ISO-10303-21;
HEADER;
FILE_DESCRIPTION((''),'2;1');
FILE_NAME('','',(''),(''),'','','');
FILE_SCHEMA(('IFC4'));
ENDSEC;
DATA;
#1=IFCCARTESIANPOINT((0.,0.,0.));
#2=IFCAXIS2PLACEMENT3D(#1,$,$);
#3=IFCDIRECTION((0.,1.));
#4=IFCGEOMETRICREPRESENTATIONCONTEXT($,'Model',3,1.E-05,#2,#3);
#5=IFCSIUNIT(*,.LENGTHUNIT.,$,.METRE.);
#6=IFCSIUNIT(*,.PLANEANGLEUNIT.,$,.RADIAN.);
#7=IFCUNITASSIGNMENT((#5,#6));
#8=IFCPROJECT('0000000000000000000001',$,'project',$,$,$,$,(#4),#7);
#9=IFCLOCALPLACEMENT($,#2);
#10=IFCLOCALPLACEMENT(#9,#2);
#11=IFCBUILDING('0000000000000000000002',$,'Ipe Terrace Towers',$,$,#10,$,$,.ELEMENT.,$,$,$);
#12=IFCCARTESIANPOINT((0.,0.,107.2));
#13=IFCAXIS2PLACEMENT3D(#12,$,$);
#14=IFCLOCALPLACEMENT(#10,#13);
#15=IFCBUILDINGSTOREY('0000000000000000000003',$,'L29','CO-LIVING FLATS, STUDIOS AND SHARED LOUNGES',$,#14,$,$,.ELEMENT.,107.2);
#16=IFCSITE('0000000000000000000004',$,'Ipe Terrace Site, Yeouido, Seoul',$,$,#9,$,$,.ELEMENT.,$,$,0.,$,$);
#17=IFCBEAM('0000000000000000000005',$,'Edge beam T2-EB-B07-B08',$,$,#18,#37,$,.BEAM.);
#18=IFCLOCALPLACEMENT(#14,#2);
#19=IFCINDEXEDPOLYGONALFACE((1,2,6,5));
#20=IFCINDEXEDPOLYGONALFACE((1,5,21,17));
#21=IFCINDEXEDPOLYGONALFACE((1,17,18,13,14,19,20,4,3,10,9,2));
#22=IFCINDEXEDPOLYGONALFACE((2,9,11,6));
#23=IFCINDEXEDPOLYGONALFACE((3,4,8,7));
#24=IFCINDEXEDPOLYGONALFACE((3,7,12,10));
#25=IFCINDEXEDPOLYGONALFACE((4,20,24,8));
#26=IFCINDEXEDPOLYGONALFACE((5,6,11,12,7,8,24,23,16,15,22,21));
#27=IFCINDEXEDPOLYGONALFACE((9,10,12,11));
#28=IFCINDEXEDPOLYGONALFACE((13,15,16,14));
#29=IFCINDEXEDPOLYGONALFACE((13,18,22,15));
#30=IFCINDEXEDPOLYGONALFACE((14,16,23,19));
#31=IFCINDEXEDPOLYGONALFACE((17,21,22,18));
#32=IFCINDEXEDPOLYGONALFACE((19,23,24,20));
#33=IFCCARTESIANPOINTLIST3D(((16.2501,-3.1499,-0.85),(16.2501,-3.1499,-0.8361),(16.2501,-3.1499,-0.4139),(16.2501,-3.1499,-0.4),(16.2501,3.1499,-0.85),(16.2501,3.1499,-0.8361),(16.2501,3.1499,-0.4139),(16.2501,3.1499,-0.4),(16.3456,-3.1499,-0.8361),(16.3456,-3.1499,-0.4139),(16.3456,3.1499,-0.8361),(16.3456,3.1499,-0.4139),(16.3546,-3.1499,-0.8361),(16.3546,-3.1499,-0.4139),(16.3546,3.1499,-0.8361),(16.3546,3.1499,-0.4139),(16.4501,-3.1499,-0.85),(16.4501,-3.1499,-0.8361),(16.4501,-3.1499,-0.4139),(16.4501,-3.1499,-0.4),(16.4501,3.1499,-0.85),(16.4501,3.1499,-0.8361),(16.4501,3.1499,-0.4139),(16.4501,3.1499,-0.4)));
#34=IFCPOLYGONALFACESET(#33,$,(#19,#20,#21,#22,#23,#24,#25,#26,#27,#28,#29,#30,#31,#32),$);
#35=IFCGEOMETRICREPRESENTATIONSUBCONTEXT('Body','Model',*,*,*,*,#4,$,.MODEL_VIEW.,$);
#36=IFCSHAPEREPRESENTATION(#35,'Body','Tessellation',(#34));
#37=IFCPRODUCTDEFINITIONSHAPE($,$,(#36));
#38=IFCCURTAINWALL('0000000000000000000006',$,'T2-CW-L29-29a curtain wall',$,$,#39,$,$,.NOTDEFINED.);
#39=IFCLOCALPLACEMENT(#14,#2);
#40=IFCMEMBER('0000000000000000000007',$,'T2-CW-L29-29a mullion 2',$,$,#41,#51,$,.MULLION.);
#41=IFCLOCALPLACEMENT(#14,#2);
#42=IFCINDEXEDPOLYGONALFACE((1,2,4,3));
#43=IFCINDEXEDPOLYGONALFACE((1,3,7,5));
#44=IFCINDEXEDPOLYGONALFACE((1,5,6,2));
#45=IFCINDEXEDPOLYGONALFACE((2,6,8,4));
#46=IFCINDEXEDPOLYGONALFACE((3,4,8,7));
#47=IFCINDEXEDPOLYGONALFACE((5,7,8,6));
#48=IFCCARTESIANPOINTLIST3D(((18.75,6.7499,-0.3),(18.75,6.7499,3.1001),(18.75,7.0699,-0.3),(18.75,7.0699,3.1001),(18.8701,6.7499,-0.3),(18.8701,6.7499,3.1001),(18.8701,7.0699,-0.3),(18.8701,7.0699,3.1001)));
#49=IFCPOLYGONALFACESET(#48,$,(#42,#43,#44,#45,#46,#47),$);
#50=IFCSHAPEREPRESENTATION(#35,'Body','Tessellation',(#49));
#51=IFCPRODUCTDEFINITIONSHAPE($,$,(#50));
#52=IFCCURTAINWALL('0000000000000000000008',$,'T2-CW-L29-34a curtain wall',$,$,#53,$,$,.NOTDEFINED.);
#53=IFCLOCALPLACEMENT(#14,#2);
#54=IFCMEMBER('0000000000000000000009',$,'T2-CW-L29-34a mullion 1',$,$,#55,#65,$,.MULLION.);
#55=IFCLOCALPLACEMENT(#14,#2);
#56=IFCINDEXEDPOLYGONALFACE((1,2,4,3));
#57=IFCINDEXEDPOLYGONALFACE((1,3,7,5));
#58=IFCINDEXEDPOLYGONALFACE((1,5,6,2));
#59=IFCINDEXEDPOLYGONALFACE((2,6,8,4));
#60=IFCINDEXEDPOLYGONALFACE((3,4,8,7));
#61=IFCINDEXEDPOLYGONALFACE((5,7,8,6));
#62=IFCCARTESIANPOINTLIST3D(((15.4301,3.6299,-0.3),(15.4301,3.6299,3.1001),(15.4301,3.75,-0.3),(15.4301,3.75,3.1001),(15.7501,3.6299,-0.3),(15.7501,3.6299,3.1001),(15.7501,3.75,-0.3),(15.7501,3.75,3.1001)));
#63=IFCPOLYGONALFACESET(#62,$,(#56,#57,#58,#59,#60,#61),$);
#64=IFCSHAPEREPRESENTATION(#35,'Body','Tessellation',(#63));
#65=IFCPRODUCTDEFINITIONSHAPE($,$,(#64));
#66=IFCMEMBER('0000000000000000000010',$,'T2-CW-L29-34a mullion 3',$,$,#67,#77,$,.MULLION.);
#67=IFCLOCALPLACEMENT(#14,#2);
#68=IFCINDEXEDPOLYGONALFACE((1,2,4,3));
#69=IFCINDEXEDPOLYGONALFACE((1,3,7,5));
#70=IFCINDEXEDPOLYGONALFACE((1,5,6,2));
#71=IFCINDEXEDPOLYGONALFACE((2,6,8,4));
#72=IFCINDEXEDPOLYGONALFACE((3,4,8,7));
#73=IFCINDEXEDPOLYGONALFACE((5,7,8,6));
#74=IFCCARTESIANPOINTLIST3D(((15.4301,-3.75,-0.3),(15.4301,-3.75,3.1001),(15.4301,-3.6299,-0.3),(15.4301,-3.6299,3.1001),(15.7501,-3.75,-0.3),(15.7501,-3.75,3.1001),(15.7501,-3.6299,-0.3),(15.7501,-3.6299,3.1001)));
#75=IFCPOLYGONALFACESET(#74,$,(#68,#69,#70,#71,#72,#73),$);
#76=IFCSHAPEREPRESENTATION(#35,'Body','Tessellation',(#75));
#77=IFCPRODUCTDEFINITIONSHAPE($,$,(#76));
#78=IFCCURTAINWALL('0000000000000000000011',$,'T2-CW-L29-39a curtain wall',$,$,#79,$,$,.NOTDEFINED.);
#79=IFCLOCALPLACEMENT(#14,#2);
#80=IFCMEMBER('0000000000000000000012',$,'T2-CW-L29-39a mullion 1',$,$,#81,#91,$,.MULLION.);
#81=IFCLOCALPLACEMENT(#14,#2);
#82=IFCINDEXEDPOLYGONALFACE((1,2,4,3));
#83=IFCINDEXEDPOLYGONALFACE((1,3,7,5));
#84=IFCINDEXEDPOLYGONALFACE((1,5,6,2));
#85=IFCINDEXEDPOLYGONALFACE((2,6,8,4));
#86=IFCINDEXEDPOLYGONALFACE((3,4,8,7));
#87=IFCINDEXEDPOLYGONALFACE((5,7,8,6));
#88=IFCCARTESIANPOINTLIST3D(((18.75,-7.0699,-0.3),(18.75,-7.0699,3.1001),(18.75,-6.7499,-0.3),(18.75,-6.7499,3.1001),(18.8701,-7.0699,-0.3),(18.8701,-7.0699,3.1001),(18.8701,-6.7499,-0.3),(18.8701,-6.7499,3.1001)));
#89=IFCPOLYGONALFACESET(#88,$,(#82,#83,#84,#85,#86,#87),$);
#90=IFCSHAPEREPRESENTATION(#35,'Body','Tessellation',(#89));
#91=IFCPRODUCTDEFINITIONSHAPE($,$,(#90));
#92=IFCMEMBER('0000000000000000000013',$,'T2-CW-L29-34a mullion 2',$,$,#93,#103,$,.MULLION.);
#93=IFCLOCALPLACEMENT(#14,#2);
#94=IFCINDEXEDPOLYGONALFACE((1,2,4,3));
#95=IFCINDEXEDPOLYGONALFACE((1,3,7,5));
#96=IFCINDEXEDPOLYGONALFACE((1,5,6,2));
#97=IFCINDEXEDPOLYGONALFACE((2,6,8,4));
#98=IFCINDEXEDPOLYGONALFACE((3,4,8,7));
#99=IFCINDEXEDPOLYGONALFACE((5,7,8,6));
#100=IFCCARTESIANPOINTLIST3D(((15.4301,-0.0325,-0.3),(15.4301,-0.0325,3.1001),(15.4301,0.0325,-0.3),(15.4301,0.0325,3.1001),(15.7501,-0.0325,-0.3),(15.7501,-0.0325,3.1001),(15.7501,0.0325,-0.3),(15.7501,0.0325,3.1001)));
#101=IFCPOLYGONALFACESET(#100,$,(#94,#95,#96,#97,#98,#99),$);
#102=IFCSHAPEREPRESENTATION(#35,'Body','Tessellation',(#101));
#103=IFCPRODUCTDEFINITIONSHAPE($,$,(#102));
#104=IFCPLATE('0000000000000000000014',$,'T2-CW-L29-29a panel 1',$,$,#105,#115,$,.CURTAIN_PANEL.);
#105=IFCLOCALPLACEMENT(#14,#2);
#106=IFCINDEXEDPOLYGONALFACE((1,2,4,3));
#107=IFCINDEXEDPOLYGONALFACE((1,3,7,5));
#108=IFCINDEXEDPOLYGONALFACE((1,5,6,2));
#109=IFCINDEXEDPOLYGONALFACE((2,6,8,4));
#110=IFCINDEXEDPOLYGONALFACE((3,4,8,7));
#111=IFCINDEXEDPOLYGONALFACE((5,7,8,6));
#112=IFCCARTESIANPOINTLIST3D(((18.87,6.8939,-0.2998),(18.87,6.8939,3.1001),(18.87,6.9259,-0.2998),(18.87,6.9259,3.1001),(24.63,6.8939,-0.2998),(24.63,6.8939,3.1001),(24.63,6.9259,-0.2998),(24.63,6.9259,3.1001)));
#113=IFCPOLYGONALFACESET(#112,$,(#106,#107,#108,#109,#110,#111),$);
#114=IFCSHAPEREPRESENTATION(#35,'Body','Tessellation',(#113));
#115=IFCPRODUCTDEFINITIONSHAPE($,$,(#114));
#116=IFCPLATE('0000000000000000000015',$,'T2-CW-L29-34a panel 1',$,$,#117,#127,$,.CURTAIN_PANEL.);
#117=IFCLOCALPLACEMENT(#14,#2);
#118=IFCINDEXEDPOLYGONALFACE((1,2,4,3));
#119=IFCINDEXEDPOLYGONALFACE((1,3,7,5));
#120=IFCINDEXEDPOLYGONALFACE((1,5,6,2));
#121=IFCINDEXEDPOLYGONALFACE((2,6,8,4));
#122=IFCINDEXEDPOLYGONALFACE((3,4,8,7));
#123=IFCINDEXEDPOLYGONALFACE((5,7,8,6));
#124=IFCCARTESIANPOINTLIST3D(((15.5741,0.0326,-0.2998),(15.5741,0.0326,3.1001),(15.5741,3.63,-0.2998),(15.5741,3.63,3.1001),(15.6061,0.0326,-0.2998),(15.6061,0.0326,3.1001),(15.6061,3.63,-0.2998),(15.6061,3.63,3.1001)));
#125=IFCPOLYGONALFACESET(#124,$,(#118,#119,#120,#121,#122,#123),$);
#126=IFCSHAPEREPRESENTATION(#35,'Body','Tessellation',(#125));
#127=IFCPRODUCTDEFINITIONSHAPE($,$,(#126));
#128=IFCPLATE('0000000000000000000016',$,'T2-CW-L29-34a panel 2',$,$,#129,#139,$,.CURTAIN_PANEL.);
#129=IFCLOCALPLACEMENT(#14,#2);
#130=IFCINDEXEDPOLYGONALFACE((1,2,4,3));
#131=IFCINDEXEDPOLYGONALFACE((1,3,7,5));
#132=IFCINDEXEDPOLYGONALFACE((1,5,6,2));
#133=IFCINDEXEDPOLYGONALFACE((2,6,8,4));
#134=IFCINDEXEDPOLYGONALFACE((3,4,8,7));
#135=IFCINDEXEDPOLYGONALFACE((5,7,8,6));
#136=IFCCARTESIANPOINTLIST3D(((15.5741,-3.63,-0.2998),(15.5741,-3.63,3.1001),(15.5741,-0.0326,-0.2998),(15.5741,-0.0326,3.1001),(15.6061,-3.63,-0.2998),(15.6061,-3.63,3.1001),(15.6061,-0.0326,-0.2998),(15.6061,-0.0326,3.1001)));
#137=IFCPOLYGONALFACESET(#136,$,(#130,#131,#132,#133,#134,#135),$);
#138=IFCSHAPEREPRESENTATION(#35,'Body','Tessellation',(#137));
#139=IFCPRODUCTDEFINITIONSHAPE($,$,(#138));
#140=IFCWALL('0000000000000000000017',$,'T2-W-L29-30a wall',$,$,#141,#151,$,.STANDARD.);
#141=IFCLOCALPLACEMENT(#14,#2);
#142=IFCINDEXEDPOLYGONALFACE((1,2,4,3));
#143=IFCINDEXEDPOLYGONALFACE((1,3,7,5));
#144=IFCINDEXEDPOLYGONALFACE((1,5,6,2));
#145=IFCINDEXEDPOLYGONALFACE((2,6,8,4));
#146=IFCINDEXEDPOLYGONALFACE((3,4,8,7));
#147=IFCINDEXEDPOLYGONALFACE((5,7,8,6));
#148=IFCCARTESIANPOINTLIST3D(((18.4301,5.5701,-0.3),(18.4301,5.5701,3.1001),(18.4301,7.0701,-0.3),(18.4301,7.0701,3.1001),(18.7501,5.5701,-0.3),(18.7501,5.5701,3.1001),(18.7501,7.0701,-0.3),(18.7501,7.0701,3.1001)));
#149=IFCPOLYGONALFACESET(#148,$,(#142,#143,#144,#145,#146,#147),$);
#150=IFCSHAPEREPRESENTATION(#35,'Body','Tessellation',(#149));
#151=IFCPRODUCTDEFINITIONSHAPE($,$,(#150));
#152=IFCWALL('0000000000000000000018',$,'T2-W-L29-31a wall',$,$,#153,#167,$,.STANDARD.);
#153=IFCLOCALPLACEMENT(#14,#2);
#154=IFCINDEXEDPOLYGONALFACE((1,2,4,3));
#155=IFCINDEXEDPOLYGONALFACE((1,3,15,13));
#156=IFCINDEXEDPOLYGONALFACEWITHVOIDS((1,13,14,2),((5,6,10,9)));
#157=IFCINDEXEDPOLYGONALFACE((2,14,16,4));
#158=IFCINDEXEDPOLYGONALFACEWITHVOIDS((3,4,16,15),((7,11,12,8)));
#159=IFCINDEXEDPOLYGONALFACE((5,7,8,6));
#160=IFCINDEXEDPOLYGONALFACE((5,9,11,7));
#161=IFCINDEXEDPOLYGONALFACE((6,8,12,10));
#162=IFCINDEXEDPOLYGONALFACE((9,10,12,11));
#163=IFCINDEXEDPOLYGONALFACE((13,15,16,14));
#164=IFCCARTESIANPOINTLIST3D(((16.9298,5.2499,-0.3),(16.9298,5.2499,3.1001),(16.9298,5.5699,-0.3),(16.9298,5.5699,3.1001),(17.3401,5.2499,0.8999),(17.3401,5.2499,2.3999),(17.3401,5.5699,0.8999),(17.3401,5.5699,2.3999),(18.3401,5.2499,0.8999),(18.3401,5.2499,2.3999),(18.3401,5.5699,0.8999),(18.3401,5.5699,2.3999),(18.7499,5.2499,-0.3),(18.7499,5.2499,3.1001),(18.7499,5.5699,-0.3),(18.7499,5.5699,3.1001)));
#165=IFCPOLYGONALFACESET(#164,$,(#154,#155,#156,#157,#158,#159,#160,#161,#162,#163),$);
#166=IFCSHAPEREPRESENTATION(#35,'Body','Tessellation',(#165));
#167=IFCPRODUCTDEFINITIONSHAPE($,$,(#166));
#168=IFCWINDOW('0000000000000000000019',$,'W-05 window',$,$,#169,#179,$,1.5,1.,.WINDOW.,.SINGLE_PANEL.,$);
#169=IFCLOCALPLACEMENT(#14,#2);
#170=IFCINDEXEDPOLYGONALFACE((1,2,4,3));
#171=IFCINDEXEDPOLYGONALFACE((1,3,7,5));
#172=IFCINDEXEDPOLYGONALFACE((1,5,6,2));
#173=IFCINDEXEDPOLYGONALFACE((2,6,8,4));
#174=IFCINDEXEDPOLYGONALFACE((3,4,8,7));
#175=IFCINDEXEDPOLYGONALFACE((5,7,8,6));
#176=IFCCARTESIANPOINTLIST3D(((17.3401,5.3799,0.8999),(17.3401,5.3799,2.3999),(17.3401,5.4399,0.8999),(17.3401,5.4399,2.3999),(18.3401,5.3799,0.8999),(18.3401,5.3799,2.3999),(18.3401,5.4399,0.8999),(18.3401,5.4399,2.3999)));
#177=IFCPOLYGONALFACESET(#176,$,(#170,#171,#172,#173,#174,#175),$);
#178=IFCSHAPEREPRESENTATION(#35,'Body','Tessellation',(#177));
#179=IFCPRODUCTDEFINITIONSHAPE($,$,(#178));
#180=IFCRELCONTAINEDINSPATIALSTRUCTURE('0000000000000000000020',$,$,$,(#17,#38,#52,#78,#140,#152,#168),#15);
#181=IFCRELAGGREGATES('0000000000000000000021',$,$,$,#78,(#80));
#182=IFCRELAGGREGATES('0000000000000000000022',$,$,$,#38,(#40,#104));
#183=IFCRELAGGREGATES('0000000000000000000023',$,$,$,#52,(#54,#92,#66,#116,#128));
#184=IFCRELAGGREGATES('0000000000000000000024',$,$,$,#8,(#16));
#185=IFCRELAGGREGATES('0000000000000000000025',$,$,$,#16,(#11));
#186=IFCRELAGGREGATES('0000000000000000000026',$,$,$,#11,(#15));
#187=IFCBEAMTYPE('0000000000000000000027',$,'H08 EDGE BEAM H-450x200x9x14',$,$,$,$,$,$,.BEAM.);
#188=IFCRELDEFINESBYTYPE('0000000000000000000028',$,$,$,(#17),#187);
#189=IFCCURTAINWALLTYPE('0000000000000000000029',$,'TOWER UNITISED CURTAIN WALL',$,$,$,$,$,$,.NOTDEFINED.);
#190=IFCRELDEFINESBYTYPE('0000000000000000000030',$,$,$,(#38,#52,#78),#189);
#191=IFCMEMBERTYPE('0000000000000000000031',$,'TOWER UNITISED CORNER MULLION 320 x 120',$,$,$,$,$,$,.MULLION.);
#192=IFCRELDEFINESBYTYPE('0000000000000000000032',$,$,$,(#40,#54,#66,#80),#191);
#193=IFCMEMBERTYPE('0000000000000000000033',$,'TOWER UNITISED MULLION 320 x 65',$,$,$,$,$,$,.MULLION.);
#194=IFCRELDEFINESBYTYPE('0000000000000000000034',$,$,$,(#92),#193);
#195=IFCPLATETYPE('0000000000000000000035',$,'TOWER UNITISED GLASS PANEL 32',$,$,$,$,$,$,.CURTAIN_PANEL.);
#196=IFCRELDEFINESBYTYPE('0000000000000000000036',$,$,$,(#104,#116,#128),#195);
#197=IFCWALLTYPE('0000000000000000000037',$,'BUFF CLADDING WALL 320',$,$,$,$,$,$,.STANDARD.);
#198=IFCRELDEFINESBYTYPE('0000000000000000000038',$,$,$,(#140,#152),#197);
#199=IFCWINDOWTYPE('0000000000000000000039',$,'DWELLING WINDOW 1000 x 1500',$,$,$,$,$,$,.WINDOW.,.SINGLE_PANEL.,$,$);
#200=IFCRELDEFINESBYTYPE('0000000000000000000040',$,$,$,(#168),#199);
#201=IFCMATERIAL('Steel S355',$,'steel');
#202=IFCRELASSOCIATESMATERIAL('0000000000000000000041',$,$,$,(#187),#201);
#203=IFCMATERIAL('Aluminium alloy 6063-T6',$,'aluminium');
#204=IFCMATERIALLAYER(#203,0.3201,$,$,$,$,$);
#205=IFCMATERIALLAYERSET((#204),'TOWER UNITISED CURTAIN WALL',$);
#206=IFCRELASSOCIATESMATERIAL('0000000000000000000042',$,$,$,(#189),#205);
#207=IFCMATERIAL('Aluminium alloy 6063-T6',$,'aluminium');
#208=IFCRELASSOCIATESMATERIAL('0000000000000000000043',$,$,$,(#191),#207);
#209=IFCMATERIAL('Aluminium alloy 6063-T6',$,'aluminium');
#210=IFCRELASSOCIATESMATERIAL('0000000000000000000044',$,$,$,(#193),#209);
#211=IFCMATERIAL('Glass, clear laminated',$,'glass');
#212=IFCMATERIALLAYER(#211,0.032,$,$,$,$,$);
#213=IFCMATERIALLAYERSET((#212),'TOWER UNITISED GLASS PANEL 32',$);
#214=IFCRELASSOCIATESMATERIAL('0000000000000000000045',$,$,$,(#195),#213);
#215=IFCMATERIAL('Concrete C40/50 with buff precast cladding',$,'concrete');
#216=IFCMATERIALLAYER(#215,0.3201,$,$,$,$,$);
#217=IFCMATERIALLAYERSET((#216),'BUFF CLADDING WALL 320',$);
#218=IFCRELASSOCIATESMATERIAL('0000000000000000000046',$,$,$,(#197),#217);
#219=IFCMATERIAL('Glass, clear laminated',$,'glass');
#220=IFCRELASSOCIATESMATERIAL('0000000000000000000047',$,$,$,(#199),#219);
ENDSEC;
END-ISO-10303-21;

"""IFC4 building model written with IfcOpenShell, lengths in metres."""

from ifc_helpers import new_model, si_unit, direction, frame, frame_2d, origin, origin_2d, place, context, subcontext, project, spatial, rectangle, i_section, extrude, material, layer, layer_set, material_profile, profile_set, type_object, element, fill, aggregate, save


model = new_model("IFC4")

# Units and contexts
model_context = context("Model", 3, precision=1e-05, world=origin(), true_north=direction((0.0, 1.0)))
body_context = subcontext(model_context, "Body", "Model", "MODEL_VIEW")
ifc_project = project(units=[si_unit("LENGTHUNIT", "METRE"), si_unit("PLANEANGLEUNIT", "RADIAN")], contexts=[model_context])

# Site, building, storey
site_placement = place(None, origin())
site = spatial("IfcSite", under=ifc_project, at=site_placement, Name="Ipe Terrace Site, Yeouido, Seoul", CompositionType="ELEMENT", RefElevation=0.0)
building_placement = place(site_placement, origin())
building = spatial("IfcBuilding", under=site, at=building_placement, Name="Ipe Terrace Towers", CompositionType="ELEMENT")
storey_placement = place(building_placement, frame((0.0, 0.0, 107.2)))
storey = spatial("IfcBuildingStorey", under=building, at=storey_placement, Name="L29", Description="CO-LIVING FLATS, STUDIOS AND SHARED LOUNGES", CompositionType="ELEMENT", Elevation=107.2)

# Beam
ifc_material_1 = material(Name="Steel S355", Category="steel")
ifc_material_profile_1 = material_profile(ifc_material_1, i_section(OverallWidth=0.2, OverallDepth=0.45, WebThickness=0.009, FlangeThickness=0.0139, at=origin_2d()), Name="H-450x200x9x14")
ifc_profile_set_1 = profile_set([ifc_material_profile_1], Name="Steel S355")
beam_type_1 = type_object("IfcBeamType", Name="H08 EDGE BEAM H-450x200x9x14", PredefinedType="BEAM", material=ifc_profile_set_1)
beam_placement = place(storey_placement, frame((16.3501, 3.1499, -0.625), z_axis=(0.0, -1.0, 0.0), x_axis=(1.0, 0.0, 0.0)))
element("IfcBeam", 1, at=beam_placement, inside=storey, type_object=beam_type_1, Name="Edge beam T2-EB-B07-B08", PredefinedType="BEAM", context=body_context, shape_type="SweptSolid", body=[
    extrude(i_section(OverallWidth=0.2, OverallDepth=0.45, WebThickness=0.009, FlangeThickness=0.0139, at=origin_2d()), origin(), (0.0, 0.0, 1.0), 6.2998),
])

# Curtain wall, member
ifc_material_2 = material(Name="Aluminium alloy 6063-T6", Category="aluminium")
ifc_layer_1 = layer(ifc_material_2, 0.3201)
ifc_layer_set_1 = layer_set([ifc_layer_1], Name="TOWER UNITISED CURTAIN WALL")
curtain_wall_type = type_object("IfcCurtainWallType", Name="TOWER UNITISED CURTAIN WALL", PredefinedType="NOTDEFINED", material=ifc_layer_set_1)
curtain_wall_1_placement = place(storey_placement, origin())
curtain_wall_1 = element("IfcCurtainWall", 2, at=curtain_wall_1_placement, inside=storey, type_object=curtain_wall_type, Name="T2-CW-L29-29a curtain wall", PredefinedType="NOTDEFINED")
ifc_material_3 = material(Name="Aluminium alloy 6063-T6", Category="aluminium")
ifc_material_profile_2 = material_profile(ifc_material_3, rectangle(XDim=0.3201, YDim=0.1201, at=origin_2d()), Name="TOWER UNITISED CORNER MULLION 320 x 120")
ifc_profile_set_2 = profile_set([ifc_material_profile_2], Name="Aluminium alloy 6063-T6")
member_type_1 = type_object("IfcMemberType", Name="TOWER UNITISED CORNER MULLION 320 x 120", PredefinedType="MULLION", material=ifc_profile_set_2)
member_1_placement = place(storey_placement, frame((18.8101, 6.9099, -0.3), z_axis=(0.0, 0.0, 1.0), x_axis=(0.0, 1.0, 0.0)))
member_1 = element("IfcMember", 3, at=member_1_placement, type_object=member_type_1, Name="T2-CW-L29-29a mullion 2", PredefinedType="MULLION", context=body_context, shape_type="SweptSolid", body=[
    extrude(rectangle(XDim=0.3201, YDim=0.1201, at=origin_2d()), origin(), (0.0, 0.0, 1.0), 3.4001),
])

# Curtain wall, members
curtain_wall_2_placement = place(storey_placement, origin())
curtain_wall_2 = element("IfcCurtainWall", 4, at=curtain_wall_2_placement, inside=storey, type_object=curtain_wall_type, Name="T2-CW-L29-34a curtain wall", PredefinedType="NOTDEFINED")
member_2_placement = place(storey_placement, frame((15.5901, 3.6899, -0.3), z_axis=(0.0, 0.0, 1.0), x_axis=(-1.0, 0.0, 0.0)))
member_2 = element("IfcMember", 5, at=member_2_placement, type_object=member_type_1, Name="T2-CW-L29-34a mullion 1", PredefinedType="MULLION", context=body_context, shape_type="SweptSolid", body=[
    extrude(rectangle(XDim=0.3201, YDim=0.1201, at=origin_2d()), origin(), (0.0, 0.0, 1.0), 3.4001),
])
member_3_placement = place(storey_placement, frame((15.5901, -3.6899, -0.3), z_axis=(0.0, 0.0, 1.0), x_axis=(-1.0, 0.0, 0.0)))
member_3 = element("IfcMember", 6, at=member_3_placement, type_object=member_type_1, Name="T2-CW-L29-34a mullion 3", PredefinedType="MULLION", context=body_context, shape_type="SweptSolid", body=[
    extrude(rectangle(XDim=0.3201, YDim=0.1201, at=origin_2d()), origin(), (0.0, 0.0, 1.0), 3.4001),
])

# Curtain wall, member
curtain_wall_3_placement = place(storey_placement, origin())
curtain_wall_3 = element("IfcCurtainWall", 7, at=curtain_wall_3_placement, inside=storey, type_object=curtain_wall_type, Name="T2-CW-L29-39a curtain wall", PredefinedType="NOTDEFINED")
member_4_placement = place(storey_placement, frame((18.8101, -6.9099, -0.3), z_axis=(0.0, 0.0, 1.0), x_axis=(0.0, -1.0, 0.0)))
member_4 = element("IfcMember", 8, at=member_4_placement, type_object=member_type_1, Name="T2-CW-L29-39a mullion 1", PredefinedType="MULLION", context=body_context, shape_type="SweptSolid", body=[
    extrude(rectangle(XDim=0.3201, YDim=0.1201, at=origin_2d()), origin(), (0.0, 0.0, 1.0), 3.4001),
])
aggregate(curtain_wall_3, [member_4])

# Member
ifc_material_4 = material(Name="Aluminium alloy 6063-T6", Category="aluminium")
ifc_material_profile_3 = material_profile(ifc_material_4, rectangle(XDim=0.3201, YDim=0.0649, at=origin_2d()), Name="TOWER UNITISED MULLION 320 x 65")
ifc_profile_set_3 = profile_set([ifc_material_profile_3], Name="Aluminium alloy 6063-T6")
member_type_2 = type_object("IfcMemberType", Name="TOWER UNITISED MULLION 320 x 65", PredefinedType="MULLION", material=ifc_profile_set_3)
member_5_placement = place(storey_placement, frame((15.5901, 0.0, -0.3), z_axis=(0.0, 0.0, 1.0), x_axis=(-1.0, 0.0, 0.0)))
member_5 = element("IfcMember", 9, at=member_5_placement, type_object=member_type_2, Name="T2-CW-L29-34a mullion 2", PredefinedType="MULLION", context=body_context, shape_type="SweptSolid", body=[
    extrude(rectangle(XDim=0.3201, YDim=0.0649, at=origin_2d()), origin(), (0.0, 0.0, 1.0), 3.4001),
])

# Plates
ifc_material_5 = material(Name="Glass, clear laminated", Category="glass")
ifc_layer_2 = layer(ifc_material_5, 0.032)
ifc_layer_set_2 = layer_set([ifc_layer_2], Name="TOWER UNITISED GLASS PANEL 32")
plate_type = type_object("IfcPlateType", Name="TOWER UNITISED GLASS PANEL 32", PredefinedType="CURTAIN_PANEL", material=ifc_layer_set_2)
plate_1_placement = place(storey_placement, frame((21.75, 6.9099, -0.2998), z_axis=(0.0, 0.0, 1.0), x_axis=(-1.0, 0.0, 0.0)))
plate_1 = element("IfcPlate", 10, at=plate_1_placement, type_object=plate_type, Name="T2-CW-L29-29a panel 1", PredefinedType="CURTAIN_PANEL", context=body_context, shape_type="SweptSolid", body=[
    extrude(rectangle(XDim=5.76, YDim=0.032, at=origin_2d()), origin(), (0.0, 0.0, 1.0), 3.3999),
])
aggregate(curtain_wall_1, [member_1, plate_1])
plate_2_placement = place(storey_placement, frame((15.5901, 1.8313, -0.2998), z_axis=(0.0, 0.0, 1.0), x_axis=(0.0, -1.0, 0.0)))
plate_2 = element("IfcPlate", 11, at=plate_2_placement, type_object=plate_type, Name="T2-CW-L29-34a panel 1", PredefinedType="CURTAIN_PANEL", context=body_context, shape_type="SweptSolid", body=[
    extrude(rectangle(XDim=3.5974, YDim=0.032, at=origin_2d()), origin(), (0.0, 0.0, 1.0), 3.3999),
])
plate_3_placement = place(storey_placement, frame((15.5901, -1.8313, -0.2998), z_axis=(0.0, 0.0, 1.0), x_axis=(0.0, -1.0, 0.0)))
plate_3 = element("IfcPlate", 12, at=plate_3_placement, type_object=plate_type, Name="T2-CW-L29-34a panel 2", PredefinedType="CURTAIN_PANEL", context=body_context, shape_type="SweptSolid", body=[
    extrude(rectangle(XDim=3.5974, YDim=0.032, at=origin_2d()), origin(), (0.0, 0.0, 1.0), 3.3999),
])
aggregate(curtain_wall_2, [member_2, member_5, member_3, plate_2, plate_3])

# Wall
ifc_material_6 = material(Name="Concrete C40/50 with buff precast cladding", Category="concrete")
ifc_layer_3 = layer(ifc_material_6, 0.3201)
ifc_layer_set_3 = layer_set([ifc_layer_3], Name="BUFF CLADDING WALL 320")
wall_type_1 = type_object("IfcWallType", Name="BUFF CLADDING WALL 320", PredefinedType="STANDARD", material=ifc_layer_set_3)
wall_1_placement = place(storey_placement, frame((18.5901, 7.0701, -0.3), z_axis=(0.0, 0.0, 1.0), x_axis=(0.0, -1.0, 0.0)))
element("IfcWall", 13, at=wall_1_placement, inside=storey, type_object=wall_type_1, Name="T2-W-L29-30a wall", PredefinedType="STANDARD", context=body_context, shape_type="SweptSolid", body=[
    extrude(rectangle(XDim=1.5, YDim=0.3201, at=frame_2d((0.75, 0.0))), origin(), (0.0, 0.0, 1.0), 3.4001),
])

# Wall, opening, window
wall_2_placement = place(storey_placement, frame((18.75, 5.4099, -0.3), z_axis=(0.0, 0.0, 1.0), x_axis=(-1.0, 0.0, 0.0)))
wall_2 = element("IfcWall", 14, at=wall_2_placement, inside=storey, type_object=wall_type_1, Name="T2-W-L29-31a wall", PredefinedType="STANDARD", context=body_context, shape_type="SweptSolid", body=[
    extrude(rectangle(XDim=1.8201, YDim=0.3201, at=frame_2d((0.9102, 0.0))), origin(), (0.0, 0.0, 1.0), 3.4001),
])
opening_1_placement = place(wall_2_placement, frame((0.4099, 0.0, 1.2)))
opening_1 = element("IfcOpeningElement", 15, at=opening_1_placement, cuts=wall_2, PredefinedType="OPENING", context=body_context, shape_type="SweptSolid", body=[
    extrude(rectangle(XDim=1.0, YDim=1.5, at=frame_2d((0.5, 0.75))), frame((0.0, 0.1699, 0.0), z_axis=(0.0, -1.0, 0.0), x_axis=(1.0, 0.0, 0.0)), (0.0, 0.0, 1.0), 0.3401),
])
ifc_material_7 = material(Name="Glass, clear laminated", Category="glass")
window_type = type_object("IfcWindowType", Name="DWELLING WINDOW 1000 x 1500", PartitioningType="SINGLE_PANEL", PredefinedType="WINDOW", material=ifc_material_7)
window_1_placement = place(opening_1_placement, origin())
window_1 = element("IfcWindow", 16, at=window_1_placement, inside=storey, type_object=window_type, Name="W-05 window", OverallHeight=1.5, OverallWidth=1.0, PartitioningType="SINGLE_PANEL", PredefinedType="WINDOW", context=body_context, shape_type="SweptSolid", body=[
    extrude(rectangle(XDim=1.0, YDim=1.5, at=frame_2d((0.5, 0.75))), frame((0.0, 0.03, 0.0), z_axis=(0.0, -1.0, 0.0), x_axis=(1.0, 0.0, 0.0)), (0.0, 0.0, 1.0), 0.0601),
])
fill(opening_1, window_1)

save(model, "model.ifc")
